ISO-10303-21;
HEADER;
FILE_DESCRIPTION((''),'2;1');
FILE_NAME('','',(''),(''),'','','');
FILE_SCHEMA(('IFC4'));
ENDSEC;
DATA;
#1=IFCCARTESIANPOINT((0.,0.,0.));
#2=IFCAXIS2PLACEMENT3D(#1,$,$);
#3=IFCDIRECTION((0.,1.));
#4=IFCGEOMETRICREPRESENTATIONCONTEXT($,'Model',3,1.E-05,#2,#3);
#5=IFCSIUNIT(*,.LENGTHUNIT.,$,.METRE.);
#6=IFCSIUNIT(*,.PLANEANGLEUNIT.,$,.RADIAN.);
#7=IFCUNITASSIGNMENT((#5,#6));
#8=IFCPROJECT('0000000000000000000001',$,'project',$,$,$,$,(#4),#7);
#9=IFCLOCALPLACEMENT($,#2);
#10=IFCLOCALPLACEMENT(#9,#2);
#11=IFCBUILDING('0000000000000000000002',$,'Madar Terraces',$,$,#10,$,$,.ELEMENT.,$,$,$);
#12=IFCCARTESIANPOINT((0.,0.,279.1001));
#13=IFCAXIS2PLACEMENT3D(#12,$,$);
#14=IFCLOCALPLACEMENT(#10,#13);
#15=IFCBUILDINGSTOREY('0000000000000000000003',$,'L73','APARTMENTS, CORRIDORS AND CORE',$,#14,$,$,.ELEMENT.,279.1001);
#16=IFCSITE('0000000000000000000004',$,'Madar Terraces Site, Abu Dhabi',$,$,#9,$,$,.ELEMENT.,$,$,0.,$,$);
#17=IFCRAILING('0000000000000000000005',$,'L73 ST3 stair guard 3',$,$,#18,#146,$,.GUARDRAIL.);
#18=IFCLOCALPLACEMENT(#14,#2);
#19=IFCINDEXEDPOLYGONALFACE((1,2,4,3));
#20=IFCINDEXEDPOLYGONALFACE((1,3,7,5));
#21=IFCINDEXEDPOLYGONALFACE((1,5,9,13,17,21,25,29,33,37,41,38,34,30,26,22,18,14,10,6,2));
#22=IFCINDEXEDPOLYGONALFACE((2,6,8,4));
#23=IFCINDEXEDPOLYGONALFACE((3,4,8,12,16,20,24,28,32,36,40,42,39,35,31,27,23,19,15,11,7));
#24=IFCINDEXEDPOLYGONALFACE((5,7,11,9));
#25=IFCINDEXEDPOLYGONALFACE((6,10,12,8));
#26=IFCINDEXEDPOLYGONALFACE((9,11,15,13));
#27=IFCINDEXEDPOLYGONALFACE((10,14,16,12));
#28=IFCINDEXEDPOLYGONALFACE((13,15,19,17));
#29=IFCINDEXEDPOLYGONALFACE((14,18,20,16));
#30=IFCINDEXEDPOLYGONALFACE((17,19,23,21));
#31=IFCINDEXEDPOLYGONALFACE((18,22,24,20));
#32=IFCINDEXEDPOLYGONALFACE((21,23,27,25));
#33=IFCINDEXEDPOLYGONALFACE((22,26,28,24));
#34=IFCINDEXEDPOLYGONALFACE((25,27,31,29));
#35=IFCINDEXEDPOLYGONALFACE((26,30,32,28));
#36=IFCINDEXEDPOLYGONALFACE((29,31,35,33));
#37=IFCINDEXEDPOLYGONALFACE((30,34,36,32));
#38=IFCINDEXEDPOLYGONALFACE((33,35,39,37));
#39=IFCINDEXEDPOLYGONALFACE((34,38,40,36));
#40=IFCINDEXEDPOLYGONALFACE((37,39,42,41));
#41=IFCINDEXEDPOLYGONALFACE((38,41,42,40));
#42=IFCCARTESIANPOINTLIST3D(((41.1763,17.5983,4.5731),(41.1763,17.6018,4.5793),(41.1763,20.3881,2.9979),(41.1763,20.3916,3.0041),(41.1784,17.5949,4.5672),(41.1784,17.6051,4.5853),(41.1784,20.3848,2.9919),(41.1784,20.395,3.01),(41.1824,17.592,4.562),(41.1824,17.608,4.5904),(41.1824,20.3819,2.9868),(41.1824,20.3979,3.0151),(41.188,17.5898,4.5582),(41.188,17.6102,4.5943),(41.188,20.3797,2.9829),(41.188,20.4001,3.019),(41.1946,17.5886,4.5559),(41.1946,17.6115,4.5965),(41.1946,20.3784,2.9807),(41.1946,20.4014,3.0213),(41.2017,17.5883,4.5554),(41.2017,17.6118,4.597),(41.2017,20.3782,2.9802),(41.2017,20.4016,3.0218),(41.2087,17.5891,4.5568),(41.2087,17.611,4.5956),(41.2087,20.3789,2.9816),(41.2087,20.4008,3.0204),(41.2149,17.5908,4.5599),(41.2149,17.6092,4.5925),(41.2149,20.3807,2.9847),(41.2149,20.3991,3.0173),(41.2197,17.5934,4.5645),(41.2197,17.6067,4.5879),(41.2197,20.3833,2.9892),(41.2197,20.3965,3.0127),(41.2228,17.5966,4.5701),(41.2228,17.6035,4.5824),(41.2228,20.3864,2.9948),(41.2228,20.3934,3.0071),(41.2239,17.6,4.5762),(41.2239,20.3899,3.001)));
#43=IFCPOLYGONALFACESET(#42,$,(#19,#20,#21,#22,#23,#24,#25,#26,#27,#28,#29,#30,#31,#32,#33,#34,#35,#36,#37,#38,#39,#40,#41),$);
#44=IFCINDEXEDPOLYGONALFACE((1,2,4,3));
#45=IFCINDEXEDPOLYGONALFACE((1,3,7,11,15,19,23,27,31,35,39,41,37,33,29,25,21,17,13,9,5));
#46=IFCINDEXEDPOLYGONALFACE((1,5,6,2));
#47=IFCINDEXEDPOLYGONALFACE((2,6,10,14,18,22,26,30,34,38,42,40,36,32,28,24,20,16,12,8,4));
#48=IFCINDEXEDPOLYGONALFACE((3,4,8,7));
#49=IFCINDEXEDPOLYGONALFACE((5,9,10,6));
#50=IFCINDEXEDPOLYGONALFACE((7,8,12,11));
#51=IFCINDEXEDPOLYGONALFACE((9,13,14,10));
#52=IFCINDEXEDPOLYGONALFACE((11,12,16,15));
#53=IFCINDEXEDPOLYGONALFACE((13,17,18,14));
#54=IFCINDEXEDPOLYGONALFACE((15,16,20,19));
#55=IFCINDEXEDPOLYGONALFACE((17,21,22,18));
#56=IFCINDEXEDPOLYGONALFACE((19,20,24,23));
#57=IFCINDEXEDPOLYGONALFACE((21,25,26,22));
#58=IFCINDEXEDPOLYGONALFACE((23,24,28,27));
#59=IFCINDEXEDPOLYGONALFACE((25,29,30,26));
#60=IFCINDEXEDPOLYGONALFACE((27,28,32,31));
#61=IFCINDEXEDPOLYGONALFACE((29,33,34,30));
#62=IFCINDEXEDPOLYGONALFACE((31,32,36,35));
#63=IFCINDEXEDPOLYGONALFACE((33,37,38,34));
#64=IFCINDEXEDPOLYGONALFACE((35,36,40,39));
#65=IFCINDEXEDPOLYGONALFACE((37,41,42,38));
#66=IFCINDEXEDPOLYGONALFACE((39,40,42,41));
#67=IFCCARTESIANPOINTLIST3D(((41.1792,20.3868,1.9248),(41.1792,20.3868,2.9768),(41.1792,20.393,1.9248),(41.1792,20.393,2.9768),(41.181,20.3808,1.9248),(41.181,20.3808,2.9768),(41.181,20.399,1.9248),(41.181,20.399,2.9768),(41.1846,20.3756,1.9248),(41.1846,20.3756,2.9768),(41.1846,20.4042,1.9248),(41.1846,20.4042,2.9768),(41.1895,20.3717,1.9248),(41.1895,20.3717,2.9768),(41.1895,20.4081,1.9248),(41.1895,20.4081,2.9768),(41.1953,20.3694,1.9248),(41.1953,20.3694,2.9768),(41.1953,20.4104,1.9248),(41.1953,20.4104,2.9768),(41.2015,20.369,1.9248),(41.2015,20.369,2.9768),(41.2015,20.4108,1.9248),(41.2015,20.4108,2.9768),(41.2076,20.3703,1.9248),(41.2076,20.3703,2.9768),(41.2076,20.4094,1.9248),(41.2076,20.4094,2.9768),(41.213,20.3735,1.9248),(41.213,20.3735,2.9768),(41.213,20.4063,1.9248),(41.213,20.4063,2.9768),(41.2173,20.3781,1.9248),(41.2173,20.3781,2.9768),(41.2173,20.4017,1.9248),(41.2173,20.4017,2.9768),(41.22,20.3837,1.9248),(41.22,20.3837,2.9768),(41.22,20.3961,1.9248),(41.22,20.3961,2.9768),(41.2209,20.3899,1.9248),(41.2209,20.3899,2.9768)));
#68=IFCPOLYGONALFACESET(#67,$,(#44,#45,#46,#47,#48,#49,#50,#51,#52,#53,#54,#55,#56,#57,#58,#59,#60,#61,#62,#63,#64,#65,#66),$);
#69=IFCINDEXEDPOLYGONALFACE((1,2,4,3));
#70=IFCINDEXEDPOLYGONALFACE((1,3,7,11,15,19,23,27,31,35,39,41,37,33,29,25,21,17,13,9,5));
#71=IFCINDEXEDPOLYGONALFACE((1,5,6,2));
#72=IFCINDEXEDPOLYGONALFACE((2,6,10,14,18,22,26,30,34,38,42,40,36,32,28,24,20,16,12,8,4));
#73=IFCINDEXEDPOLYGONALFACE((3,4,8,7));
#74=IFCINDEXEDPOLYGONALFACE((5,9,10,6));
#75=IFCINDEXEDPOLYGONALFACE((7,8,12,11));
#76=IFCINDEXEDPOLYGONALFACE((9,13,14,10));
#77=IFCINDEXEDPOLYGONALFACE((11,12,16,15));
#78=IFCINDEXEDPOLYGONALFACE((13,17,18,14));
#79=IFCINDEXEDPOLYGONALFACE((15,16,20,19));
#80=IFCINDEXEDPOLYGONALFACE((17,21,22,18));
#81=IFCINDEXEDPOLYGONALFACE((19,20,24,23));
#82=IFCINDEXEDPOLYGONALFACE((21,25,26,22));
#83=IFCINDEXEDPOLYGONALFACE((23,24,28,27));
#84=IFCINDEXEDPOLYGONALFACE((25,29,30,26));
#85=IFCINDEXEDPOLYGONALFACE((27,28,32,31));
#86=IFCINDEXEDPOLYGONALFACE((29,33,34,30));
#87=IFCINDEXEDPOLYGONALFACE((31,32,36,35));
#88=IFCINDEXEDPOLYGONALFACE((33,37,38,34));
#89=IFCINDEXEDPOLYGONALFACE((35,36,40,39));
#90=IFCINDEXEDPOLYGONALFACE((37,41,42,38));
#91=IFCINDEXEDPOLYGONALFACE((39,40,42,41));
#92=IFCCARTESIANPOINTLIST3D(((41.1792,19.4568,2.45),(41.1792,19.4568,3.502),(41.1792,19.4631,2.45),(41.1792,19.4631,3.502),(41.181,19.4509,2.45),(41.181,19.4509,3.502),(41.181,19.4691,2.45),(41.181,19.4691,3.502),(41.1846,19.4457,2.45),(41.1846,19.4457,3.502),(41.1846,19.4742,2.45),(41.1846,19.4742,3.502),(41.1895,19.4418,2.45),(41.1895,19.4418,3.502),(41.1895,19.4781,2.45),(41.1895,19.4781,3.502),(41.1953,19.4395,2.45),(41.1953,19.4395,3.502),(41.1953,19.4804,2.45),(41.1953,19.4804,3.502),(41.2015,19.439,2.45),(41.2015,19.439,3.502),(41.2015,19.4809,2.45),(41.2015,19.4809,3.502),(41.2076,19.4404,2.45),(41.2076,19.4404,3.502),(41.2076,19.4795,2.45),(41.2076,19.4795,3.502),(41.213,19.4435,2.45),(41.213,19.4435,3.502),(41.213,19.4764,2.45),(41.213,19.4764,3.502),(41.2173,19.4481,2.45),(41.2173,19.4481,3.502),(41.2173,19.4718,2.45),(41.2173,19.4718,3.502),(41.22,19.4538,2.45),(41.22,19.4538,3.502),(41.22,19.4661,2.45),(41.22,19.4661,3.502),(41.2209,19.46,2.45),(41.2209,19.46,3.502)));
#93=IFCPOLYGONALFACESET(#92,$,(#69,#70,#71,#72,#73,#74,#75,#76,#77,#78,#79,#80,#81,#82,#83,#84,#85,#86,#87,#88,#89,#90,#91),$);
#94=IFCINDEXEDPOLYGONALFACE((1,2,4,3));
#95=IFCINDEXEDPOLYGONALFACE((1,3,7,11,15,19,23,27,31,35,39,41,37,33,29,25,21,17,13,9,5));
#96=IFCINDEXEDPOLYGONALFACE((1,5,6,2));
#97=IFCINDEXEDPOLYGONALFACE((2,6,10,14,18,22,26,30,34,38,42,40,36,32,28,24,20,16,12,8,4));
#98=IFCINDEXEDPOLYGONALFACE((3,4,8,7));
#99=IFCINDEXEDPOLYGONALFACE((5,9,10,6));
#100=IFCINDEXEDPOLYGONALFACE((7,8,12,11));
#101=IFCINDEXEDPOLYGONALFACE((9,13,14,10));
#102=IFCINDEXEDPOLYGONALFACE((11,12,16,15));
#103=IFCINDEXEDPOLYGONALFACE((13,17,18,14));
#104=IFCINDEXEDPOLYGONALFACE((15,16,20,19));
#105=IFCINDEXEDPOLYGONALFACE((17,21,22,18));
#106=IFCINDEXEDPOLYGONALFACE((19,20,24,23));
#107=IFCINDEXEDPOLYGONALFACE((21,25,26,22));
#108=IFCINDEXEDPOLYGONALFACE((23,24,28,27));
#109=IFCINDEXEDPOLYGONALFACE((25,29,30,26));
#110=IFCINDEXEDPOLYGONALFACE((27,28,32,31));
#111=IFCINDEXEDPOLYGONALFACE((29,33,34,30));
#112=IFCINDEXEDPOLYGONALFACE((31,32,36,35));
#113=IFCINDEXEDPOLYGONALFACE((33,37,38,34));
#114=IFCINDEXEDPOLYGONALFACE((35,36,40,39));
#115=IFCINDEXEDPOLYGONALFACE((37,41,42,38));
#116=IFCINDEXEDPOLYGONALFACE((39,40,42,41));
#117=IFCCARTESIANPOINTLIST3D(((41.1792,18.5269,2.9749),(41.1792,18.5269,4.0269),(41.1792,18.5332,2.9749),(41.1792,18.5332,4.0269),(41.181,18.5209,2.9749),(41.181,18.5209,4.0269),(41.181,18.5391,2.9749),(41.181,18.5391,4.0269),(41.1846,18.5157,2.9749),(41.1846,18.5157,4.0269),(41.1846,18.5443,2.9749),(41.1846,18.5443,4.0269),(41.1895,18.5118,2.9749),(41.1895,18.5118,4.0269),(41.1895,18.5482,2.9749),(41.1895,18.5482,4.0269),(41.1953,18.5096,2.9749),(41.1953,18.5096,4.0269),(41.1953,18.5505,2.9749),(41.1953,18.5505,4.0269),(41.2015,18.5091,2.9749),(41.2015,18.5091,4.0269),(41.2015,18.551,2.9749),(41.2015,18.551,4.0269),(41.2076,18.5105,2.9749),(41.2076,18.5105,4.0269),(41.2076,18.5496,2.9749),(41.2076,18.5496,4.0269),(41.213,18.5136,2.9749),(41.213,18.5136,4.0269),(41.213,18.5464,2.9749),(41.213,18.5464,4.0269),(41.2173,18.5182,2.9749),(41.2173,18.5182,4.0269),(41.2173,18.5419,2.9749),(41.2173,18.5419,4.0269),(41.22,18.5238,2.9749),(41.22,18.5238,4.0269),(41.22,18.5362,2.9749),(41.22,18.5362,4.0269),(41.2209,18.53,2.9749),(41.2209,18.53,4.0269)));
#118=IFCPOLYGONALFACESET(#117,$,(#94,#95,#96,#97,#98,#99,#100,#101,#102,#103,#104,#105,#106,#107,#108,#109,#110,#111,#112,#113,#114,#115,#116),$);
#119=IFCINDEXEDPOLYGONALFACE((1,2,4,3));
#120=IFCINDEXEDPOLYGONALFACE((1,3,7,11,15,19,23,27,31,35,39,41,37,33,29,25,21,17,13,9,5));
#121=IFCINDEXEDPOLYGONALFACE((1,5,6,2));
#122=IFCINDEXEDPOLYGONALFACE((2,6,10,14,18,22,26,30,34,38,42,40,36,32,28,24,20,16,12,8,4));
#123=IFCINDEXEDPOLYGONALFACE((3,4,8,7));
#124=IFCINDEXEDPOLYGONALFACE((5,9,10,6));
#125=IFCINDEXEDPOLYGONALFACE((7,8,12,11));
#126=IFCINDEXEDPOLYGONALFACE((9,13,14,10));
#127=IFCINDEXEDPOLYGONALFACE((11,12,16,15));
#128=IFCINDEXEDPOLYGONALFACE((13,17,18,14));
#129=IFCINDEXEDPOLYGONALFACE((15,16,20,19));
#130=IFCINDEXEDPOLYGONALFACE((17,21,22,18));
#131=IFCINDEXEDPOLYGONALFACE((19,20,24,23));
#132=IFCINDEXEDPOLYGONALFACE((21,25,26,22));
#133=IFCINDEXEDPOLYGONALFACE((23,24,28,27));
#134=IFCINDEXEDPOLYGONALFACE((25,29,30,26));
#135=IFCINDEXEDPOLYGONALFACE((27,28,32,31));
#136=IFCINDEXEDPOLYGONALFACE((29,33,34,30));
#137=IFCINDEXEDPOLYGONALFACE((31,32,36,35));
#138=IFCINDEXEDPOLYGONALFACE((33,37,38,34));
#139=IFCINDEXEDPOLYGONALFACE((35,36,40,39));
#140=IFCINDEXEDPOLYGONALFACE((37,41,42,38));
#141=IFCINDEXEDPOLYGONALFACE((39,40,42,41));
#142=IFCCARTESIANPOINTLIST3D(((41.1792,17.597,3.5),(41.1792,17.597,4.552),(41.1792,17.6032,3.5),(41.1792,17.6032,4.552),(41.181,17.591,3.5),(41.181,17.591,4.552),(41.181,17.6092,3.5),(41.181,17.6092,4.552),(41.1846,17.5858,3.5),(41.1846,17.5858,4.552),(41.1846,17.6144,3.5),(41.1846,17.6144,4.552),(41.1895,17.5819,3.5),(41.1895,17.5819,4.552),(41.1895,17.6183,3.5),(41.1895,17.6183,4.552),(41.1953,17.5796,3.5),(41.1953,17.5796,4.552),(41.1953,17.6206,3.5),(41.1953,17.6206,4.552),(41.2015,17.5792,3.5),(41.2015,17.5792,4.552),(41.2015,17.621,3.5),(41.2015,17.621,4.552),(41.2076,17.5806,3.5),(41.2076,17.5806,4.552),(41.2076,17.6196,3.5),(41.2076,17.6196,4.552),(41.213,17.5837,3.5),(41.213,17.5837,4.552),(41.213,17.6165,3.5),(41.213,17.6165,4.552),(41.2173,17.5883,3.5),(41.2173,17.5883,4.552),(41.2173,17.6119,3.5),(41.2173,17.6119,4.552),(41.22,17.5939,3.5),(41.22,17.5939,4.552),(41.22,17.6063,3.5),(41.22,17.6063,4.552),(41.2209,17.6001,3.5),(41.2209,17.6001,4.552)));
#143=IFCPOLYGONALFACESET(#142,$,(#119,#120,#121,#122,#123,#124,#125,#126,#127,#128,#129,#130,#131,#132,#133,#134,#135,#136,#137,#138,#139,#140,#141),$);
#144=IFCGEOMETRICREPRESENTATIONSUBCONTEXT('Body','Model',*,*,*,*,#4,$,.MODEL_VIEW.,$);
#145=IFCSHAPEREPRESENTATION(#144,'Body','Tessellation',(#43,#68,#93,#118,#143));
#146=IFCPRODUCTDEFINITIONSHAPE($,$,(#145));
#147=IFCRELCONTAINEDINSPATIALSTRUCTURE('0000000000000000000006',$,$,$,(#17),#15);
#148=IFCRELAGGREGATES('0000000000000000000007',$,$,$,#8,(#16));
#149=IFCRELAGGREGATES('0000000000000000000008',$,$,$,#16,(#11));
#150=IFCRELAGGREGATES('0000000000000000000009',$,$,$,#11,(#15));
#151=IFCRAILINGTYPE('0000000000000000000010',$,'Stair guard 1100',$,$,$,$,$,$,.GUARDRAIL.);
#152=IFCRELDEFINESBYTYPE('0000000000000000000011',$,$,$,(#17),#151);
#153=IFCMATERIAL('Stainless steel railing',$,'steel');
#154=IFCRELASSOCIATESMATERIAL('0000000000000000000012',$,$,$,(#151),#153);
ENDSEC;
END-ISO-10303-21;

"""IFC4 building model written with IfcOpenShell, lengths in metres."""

from ifc_helpers import new_model, si_unit, direction, frame, origin, origin_2d, place, context, subcontext, project, spatial, circle, extrude, material, type_object, element, save


model = new_model("IFC4")

# Units and contexts
model_context = context("Model", 3, precision=1e-05, world=origin(), true_north=direction((0.0, 1.0)))
body_context = subcontext(model_context, "Body", "Model", "MODEL_VIEW")
ifc_project = project(units=[si_unit("LENGTHUNIT", "METRE"), si_unit("PLANEANGLEUNIT", "RADIAN")], contexts=[model_context])

# Site, building, storey
site_placement = place(None, origin())
site = spatial("IfcSite", under=ifc_project, at=site_placement, Name="Madar Terraces Site, Abu Dhabi", CompositionType="ELEMENT", RefElevation=0.0)
building_placement = place(site_placement, origin())
building = spatial("IfcBuilding", under=site, at=building_placement, Name="Madar Terraces", CompositionType="ELEMENT")
storey_placement = place(building_placement, frame((0.0, 0.0, 279.1001)))
storey = spatial("IfcBuildingStorey", under=building, at=storey_placement, Name="L73", Description="APARTMENTS, CORRIDORS AND CORE", CompositionType="ELEMENT", Elevation=279.1001)

# Railing
ifc_material_1 = material(Name="Stainless steel railing", Category="steel")
railing_type_1 = type_object("IfcRailingType", Name="Stair guard 1100", PredefinedType="GUARDRAIL", material=ifc_material_1)
railing_1_placement = place(storey_placement, frame((41.2, 20.3899, 1.9248)))
element("IfcRailing", 1, at=railing_1_placement, inside=storey, type_object=railing_type_1, Name="L73 ST3 stair guard 3", PredefinedType="GUARDRAIL", context=body_context, shape_type="SweptSolid", body=[
    extrude(circle(Radius=0.0239, at=origin_2d()), frame((0.0, 0.0, 1.0762), z_axis=(0.0, -0.870783, 0.491668), x_axis=(1.0, 0.0, 0.0)), (0.0, 0.0, 1.0), 3.2039),
    extrude(circle(Radius=0.021, at=origin_2d()), origin(), (0.0, 0.0, 1.0), 1.052),
    extrude(circle(Radius=0.021, at=origin_2d()), frame((0.0, -0.9299, 0.5251)), (0.0, 0.0, 1.0), 1.052),
    extrude(circle(Radius=0.021, at=origin_2d()), frame((0.0, -1.8599, 1.05)), (0.0, 0.0, 1.0), 1.052),
    extrude(circle(Radius=0.021, at=origin_2d()), frame((0.0, -2.7898, 1.5752)), (0.0, 0.0, 1.0), 1.052),
])

save(model, "model.ifc")
